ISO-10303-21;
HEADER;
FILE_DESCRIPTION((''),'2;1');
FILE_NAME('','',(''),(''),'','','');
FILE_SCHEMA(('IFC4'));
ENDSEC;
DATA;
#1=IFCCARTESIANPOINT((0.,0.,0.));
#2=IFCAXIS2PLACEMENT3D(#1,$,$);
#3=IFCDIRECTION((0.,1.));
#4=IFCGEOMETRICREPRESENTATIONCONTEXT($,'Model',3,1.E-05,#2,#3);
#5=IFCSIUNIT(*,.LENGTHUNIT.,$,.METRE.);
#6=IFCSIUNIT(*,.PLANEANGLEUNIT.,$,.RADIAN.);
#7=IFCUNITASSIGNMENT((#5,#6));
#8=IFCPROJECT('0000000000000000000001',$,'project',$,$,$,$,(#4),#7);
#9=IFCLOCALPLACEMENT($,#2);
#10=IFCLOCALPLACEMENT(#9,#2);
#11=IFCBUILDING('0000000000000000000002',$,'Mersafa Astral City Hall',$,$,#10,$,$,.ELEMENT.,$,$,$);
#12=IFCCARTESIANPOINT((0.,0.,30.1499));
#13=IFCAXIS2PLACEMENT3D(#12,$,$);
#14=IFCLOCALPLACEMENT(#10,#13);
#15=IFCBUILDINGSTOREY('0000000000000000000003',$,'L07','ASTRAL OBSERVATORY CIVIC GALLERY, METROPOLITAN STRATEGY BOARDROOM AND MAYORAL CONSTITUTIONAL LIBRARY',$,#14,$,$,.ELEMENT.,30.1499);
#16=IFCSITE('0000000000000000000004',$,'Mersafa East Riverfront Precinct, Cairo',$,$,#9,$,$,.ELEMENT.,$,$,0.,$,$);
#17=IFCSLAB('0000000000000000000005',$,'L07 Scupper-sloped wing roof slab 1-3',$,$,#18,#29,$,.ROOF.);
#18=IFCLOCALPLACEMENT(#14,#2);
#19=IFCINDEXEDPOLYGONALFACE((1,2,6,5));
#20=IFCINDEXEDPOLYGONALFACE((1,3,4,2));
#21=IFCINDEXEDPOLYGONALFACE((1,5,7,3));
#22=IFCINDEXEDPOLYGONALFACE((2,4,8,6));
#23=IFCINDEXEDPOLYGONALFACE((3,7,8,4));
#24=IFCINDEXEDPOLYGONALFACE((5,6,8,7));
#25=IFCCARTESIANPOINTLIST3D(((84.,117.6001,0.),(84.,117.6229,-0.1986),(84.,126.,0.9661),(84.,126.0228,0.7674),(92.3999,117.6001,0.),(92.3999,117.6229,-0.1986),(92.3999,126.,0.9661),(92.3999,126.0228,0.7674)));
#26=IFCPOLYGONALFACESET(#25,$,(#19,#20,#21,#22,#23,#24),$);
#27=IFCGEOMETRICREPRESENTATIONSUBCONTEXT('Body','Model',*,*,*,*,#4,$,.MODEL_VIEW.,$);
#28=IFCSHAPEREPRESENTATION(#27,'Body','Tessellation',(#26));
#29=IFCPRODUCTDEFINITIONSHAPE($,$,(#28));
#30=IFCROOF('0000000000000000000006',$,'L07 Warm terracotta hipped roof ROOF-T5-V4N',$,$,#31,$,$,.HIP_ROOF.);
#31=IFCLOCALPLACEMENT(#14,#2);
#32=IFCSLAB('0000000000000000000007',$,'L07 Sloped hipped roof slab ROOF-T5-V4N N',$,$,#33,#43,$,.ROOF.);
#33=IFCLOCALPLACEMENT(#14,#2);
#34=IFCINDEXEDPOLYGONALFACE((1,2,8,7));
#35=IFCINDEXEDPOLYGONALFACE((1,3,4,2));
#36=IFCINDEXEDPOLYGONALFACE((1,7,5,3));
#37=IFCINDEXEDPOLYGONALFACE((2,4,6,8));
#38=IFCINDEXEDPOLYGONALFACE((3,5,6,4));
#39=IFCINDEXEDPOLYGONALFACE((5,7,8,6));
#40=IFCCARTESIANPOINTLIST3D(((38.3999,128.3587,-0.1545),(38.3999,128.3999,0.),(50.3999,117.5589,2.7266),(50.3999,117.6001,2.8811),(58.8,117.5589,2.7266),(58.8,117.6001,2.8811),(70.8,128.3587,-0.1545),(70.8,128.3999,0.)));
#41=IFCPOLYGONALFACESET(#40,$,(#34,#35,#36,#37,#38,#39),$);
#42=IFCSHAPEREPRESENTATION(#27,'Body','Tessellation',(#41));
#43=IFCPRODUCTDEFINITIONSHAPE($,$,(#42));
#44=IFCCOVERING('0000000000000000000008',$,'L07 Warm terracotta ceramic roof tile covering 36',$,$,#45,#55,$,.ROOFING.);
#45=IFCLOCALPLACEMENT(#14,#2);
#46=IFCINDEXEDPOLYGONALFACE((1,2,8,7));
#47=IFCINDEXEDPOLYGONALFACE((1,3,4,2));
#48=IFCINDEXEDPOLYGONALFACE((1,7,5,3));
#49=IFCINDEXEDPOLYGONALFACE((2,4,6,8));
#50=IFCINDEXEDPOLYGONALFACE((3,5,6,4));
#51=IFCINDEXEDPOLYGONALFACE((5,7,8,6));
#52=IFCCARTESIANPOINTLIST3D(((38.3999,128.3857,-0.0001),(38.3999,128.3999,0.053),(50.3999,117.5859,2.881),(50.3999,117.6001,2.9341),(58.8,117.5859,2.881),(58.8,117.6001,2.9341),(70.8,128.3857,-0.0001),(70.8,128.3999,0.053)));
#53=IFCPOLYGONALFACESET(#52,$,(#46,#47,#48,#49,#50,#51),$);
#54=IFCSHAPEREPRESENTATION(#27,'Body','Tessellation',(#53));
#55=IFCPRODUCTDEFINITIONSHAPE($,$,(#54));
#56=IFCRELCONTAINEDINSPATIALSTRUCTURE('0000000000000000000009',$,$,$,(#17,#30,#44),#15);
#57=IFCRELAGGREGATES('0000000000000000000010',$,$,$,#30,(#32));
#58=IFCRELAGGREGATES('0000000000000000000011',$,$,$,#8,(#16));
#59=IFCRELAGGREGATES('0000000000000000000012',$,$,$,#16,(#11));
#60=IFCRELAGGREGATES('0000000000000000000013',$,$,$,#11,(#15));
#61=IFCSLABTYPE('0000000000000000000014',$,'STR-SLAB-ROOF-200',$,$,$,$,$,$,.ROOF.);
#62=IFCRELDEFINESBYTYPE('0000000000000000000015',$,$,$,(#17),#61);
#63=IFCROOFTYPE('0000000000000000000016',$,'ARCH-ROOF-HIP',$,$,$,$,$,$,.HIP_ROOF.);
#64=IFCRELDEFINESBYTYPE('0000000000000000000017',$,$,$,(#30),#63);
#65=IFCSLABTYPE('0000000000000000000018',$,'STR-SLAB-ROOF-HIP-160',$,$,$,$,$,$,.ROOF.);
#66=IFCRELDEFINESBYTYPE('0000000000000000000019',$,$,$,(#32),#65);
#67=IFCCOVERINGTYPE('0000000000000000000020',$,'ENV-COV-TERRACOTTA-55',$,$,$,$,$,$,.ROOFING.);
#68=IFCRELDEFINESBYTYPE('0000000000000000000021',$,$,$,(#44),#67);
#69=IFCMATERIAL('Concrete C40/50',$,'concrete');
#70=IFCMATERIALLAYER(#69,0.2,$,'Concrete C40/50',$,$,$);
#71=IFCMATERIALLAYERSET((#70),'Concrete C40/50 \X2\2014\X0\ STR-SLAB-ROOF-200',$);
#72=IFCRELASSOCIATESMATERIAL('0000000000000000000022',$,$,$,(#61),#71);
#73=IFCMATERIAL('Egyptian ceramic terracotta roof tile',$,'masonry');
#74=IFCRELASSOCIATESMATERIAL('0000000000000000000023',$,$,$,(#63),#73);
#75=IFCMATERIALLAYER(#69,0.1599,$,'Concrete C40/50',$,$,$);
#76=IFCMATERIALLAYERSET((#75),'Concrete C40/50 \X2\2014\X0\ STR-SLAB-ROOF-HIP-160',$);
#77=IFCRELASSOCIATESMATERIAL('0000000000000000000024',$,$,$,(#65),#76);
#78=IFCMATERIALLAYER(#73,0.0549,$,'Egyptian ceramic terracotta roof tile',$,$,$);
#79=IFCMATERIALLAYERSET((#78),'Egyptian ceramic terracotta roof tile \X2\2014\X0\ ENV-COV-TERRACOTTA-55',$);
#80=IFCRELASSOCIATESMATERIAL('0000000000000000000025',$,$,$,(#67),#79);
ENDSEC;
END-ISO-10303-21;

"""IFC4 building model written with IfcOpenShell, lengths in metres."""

from ifc_helpers import new_model, si_unit, direction, frame, origin, place, context, subcontext, project, spatial, polyline, outline, extrude, material, layer, layer_set, type_object, element, aggregate, save


model = new_model("IFC4")

# Units and contexts
model_context = context("Model", 3, precision=1e-05, world=origin(), true_north=direction((0.0, 1.0)))
body_context = subcontext(model_context, "Body", "Model", "MODEL_VIEW")
ifc_project = project(units=[si_unit("LENGTHUNIT", "METRE"), si_unit("PLANEANGLEUNIT", "RADIAN")], contexts=[model_context])

# Site, building, storey
site_placement = place(None, origin())
site = spatial("IfcSite", under=ifc_project, at=site_placement, Name="Mersafa East Riverfront Precinct, Cairo", CompositionType="ELEMENT", RefElevation=0.0)
building_placement = place(site_placement, origin())
building = spatial("IfcBuilding", under=site, at=building_placement, Name="Mersafa Astral City Hall", CompositionType="ELEMENT")
storey_placement = place(building_placement, frame((0.0, 0.0, 30.1499)))
storey = spatial("IfcBuildingStorey", under=building, at=storey_placement, Name="L07", Description="ASTRAL OBSERVATORY CIVIC GALLERY, METROPOLITAN STRATEGY BOARDROOM AND MAYORAL CONSTITUTIONAL LIBRARY", CompositionType="ELEMENT", Elevation=30.1499)

# Slab
ifc_material_1 = material(Name="Concrete C40/50", Category="concrete")
ifc_layer_1 = layer(ifc_material_1, 0.2, Name="Concrete C40/50")
ifc_layer_set_1 = layer_set([ifc_layer_1], Name="Concrete C40/50 — STR-SLAB-ROOF-200")
slab_type_1 = type_object("IfcSlabType", Name="STR-SLAB-ROOF-200", PredefinedType="ROOF", material=ifc_layer_set_1)
for number, where, z_axis, x_axis, name in (
    (1, (84.0, 117.6001, 0.0), (0.0, -0.114256, 0.993451), (1.0, 0.0, 0.0), "L07 Scupper-sloped wing roof slab 1-3"),
):
    element("IfcSlab", number, at=place(storey_placement, frame(where, z_axis=z_axis, x_axis=x_axis)), inside=storey, type_object=slab_type_1, Name=name, PredefinedType="ROOF", context=body_context, shape_type="SweptSolid", body=[
        extrude(outline(polyline([(0.0, 0.0), (8.3999, 0.0), (8.3999, 8.4553), (0.0, 8.4553), (0.0, 0.0)])), origin(), (0.0, 0.0, -1.0), 0.2),
    ])

# Roof, slab
ifc_material_2 = material(Name="Egyptian ceramic terracotta roof tile", Category="masonry")
roof_type = type_object("IfcRoofType", Name="ARCH-ROOF-HIP", PredefinedType="HIP_ROOF", material=ifc_material_2)
roof_placement = place(storey_placement, origin())
roof = element("IfcRoof", 2, at=roof_placement, inside=storey, type_object=roof_type, Name="L07 Warm terracotta hipped roof ROOF-T5-V4N", PredefinedType="HIP_ROOF")
ifc_layer_2 = layer(ifc_material_1, 0.1599, Name="Concrete C40/50")
ifc_layer_set_2 = layer_set([ifc_layer_2], Name="Concrete C40/50 — STR-SLAB-ROOF-HIP-160")
slab_type_2 = type_object("IfcSlabType", Name="STR-SLAB-ROOF-HIP-160", PredefinedType="ROOF", material=ifc_layer_set_2)
slab_1_placement = place(storey_placement, frame((70.8, 128.3999, 0.0), z_axis=(0.0, 0.257759, 0.966209), x_axis=(-1.0, 0.0, 0.0)))
slab_1 = element("IfcSlab", 3, at=slab_1_placement, type_object=slab_type_2, Name="L07 Sloped hipped roof slab ROOF-T5-V4N N", PredefinedType="ROOF", context=body_context, shape_type="SweptSolid", body=[
    extrude(outline(polyline([(0.0, 0.0), (32.4001, 0.0), (20.4001, 11.1775), (12.0, 11.1775), (0.0, 0.0)])), origin(), (0.0, 0.0, -1.0), 0.1599),
])
aggregate(roof, [slab_1])

# Covering
ifc_layer_3 = layer(ifc_material_2, 0.0549, Name="Egyptian ceramic terracotta roof tile")
ifc_layer_set_3 = layer_set([ifc_layer_3], Name="Egyptian ceramic terracotta roof tile — ENV-COV-TERRACOTTA-55")
covering_type = type_object("IfcCoveringType", Name="ENV-COV-TERRACOTTA-55", PredefinedType="ROOFING", material=ifc_layer_set_3)
covering_placement = place(storey_placement, frame((70.8, 128.3999, 0.053), z_axis=(0.0, 0.257759, 0.966209), x_axis=(-1.0, 0.0, 0.0)))
element("IfcCovering", 4, at=covering_placement, inside=storey, type_object=covering_type, Name="L07 Warm terracotta ceramic roof tile covering 36", PredefinedType="ROOFING", context=body_context, shape_type="SweptSolid", body=[
    extrude(outline(polyline([(0.0, 0.0), (32.4001, 0.0), (20.4001, 11.1775), (12.0, 11.1775), (0.0, 0.0)])), origin(), (0.0, 0.0, -1.0), 0.0549),
])

save(model, "model.ifc")
